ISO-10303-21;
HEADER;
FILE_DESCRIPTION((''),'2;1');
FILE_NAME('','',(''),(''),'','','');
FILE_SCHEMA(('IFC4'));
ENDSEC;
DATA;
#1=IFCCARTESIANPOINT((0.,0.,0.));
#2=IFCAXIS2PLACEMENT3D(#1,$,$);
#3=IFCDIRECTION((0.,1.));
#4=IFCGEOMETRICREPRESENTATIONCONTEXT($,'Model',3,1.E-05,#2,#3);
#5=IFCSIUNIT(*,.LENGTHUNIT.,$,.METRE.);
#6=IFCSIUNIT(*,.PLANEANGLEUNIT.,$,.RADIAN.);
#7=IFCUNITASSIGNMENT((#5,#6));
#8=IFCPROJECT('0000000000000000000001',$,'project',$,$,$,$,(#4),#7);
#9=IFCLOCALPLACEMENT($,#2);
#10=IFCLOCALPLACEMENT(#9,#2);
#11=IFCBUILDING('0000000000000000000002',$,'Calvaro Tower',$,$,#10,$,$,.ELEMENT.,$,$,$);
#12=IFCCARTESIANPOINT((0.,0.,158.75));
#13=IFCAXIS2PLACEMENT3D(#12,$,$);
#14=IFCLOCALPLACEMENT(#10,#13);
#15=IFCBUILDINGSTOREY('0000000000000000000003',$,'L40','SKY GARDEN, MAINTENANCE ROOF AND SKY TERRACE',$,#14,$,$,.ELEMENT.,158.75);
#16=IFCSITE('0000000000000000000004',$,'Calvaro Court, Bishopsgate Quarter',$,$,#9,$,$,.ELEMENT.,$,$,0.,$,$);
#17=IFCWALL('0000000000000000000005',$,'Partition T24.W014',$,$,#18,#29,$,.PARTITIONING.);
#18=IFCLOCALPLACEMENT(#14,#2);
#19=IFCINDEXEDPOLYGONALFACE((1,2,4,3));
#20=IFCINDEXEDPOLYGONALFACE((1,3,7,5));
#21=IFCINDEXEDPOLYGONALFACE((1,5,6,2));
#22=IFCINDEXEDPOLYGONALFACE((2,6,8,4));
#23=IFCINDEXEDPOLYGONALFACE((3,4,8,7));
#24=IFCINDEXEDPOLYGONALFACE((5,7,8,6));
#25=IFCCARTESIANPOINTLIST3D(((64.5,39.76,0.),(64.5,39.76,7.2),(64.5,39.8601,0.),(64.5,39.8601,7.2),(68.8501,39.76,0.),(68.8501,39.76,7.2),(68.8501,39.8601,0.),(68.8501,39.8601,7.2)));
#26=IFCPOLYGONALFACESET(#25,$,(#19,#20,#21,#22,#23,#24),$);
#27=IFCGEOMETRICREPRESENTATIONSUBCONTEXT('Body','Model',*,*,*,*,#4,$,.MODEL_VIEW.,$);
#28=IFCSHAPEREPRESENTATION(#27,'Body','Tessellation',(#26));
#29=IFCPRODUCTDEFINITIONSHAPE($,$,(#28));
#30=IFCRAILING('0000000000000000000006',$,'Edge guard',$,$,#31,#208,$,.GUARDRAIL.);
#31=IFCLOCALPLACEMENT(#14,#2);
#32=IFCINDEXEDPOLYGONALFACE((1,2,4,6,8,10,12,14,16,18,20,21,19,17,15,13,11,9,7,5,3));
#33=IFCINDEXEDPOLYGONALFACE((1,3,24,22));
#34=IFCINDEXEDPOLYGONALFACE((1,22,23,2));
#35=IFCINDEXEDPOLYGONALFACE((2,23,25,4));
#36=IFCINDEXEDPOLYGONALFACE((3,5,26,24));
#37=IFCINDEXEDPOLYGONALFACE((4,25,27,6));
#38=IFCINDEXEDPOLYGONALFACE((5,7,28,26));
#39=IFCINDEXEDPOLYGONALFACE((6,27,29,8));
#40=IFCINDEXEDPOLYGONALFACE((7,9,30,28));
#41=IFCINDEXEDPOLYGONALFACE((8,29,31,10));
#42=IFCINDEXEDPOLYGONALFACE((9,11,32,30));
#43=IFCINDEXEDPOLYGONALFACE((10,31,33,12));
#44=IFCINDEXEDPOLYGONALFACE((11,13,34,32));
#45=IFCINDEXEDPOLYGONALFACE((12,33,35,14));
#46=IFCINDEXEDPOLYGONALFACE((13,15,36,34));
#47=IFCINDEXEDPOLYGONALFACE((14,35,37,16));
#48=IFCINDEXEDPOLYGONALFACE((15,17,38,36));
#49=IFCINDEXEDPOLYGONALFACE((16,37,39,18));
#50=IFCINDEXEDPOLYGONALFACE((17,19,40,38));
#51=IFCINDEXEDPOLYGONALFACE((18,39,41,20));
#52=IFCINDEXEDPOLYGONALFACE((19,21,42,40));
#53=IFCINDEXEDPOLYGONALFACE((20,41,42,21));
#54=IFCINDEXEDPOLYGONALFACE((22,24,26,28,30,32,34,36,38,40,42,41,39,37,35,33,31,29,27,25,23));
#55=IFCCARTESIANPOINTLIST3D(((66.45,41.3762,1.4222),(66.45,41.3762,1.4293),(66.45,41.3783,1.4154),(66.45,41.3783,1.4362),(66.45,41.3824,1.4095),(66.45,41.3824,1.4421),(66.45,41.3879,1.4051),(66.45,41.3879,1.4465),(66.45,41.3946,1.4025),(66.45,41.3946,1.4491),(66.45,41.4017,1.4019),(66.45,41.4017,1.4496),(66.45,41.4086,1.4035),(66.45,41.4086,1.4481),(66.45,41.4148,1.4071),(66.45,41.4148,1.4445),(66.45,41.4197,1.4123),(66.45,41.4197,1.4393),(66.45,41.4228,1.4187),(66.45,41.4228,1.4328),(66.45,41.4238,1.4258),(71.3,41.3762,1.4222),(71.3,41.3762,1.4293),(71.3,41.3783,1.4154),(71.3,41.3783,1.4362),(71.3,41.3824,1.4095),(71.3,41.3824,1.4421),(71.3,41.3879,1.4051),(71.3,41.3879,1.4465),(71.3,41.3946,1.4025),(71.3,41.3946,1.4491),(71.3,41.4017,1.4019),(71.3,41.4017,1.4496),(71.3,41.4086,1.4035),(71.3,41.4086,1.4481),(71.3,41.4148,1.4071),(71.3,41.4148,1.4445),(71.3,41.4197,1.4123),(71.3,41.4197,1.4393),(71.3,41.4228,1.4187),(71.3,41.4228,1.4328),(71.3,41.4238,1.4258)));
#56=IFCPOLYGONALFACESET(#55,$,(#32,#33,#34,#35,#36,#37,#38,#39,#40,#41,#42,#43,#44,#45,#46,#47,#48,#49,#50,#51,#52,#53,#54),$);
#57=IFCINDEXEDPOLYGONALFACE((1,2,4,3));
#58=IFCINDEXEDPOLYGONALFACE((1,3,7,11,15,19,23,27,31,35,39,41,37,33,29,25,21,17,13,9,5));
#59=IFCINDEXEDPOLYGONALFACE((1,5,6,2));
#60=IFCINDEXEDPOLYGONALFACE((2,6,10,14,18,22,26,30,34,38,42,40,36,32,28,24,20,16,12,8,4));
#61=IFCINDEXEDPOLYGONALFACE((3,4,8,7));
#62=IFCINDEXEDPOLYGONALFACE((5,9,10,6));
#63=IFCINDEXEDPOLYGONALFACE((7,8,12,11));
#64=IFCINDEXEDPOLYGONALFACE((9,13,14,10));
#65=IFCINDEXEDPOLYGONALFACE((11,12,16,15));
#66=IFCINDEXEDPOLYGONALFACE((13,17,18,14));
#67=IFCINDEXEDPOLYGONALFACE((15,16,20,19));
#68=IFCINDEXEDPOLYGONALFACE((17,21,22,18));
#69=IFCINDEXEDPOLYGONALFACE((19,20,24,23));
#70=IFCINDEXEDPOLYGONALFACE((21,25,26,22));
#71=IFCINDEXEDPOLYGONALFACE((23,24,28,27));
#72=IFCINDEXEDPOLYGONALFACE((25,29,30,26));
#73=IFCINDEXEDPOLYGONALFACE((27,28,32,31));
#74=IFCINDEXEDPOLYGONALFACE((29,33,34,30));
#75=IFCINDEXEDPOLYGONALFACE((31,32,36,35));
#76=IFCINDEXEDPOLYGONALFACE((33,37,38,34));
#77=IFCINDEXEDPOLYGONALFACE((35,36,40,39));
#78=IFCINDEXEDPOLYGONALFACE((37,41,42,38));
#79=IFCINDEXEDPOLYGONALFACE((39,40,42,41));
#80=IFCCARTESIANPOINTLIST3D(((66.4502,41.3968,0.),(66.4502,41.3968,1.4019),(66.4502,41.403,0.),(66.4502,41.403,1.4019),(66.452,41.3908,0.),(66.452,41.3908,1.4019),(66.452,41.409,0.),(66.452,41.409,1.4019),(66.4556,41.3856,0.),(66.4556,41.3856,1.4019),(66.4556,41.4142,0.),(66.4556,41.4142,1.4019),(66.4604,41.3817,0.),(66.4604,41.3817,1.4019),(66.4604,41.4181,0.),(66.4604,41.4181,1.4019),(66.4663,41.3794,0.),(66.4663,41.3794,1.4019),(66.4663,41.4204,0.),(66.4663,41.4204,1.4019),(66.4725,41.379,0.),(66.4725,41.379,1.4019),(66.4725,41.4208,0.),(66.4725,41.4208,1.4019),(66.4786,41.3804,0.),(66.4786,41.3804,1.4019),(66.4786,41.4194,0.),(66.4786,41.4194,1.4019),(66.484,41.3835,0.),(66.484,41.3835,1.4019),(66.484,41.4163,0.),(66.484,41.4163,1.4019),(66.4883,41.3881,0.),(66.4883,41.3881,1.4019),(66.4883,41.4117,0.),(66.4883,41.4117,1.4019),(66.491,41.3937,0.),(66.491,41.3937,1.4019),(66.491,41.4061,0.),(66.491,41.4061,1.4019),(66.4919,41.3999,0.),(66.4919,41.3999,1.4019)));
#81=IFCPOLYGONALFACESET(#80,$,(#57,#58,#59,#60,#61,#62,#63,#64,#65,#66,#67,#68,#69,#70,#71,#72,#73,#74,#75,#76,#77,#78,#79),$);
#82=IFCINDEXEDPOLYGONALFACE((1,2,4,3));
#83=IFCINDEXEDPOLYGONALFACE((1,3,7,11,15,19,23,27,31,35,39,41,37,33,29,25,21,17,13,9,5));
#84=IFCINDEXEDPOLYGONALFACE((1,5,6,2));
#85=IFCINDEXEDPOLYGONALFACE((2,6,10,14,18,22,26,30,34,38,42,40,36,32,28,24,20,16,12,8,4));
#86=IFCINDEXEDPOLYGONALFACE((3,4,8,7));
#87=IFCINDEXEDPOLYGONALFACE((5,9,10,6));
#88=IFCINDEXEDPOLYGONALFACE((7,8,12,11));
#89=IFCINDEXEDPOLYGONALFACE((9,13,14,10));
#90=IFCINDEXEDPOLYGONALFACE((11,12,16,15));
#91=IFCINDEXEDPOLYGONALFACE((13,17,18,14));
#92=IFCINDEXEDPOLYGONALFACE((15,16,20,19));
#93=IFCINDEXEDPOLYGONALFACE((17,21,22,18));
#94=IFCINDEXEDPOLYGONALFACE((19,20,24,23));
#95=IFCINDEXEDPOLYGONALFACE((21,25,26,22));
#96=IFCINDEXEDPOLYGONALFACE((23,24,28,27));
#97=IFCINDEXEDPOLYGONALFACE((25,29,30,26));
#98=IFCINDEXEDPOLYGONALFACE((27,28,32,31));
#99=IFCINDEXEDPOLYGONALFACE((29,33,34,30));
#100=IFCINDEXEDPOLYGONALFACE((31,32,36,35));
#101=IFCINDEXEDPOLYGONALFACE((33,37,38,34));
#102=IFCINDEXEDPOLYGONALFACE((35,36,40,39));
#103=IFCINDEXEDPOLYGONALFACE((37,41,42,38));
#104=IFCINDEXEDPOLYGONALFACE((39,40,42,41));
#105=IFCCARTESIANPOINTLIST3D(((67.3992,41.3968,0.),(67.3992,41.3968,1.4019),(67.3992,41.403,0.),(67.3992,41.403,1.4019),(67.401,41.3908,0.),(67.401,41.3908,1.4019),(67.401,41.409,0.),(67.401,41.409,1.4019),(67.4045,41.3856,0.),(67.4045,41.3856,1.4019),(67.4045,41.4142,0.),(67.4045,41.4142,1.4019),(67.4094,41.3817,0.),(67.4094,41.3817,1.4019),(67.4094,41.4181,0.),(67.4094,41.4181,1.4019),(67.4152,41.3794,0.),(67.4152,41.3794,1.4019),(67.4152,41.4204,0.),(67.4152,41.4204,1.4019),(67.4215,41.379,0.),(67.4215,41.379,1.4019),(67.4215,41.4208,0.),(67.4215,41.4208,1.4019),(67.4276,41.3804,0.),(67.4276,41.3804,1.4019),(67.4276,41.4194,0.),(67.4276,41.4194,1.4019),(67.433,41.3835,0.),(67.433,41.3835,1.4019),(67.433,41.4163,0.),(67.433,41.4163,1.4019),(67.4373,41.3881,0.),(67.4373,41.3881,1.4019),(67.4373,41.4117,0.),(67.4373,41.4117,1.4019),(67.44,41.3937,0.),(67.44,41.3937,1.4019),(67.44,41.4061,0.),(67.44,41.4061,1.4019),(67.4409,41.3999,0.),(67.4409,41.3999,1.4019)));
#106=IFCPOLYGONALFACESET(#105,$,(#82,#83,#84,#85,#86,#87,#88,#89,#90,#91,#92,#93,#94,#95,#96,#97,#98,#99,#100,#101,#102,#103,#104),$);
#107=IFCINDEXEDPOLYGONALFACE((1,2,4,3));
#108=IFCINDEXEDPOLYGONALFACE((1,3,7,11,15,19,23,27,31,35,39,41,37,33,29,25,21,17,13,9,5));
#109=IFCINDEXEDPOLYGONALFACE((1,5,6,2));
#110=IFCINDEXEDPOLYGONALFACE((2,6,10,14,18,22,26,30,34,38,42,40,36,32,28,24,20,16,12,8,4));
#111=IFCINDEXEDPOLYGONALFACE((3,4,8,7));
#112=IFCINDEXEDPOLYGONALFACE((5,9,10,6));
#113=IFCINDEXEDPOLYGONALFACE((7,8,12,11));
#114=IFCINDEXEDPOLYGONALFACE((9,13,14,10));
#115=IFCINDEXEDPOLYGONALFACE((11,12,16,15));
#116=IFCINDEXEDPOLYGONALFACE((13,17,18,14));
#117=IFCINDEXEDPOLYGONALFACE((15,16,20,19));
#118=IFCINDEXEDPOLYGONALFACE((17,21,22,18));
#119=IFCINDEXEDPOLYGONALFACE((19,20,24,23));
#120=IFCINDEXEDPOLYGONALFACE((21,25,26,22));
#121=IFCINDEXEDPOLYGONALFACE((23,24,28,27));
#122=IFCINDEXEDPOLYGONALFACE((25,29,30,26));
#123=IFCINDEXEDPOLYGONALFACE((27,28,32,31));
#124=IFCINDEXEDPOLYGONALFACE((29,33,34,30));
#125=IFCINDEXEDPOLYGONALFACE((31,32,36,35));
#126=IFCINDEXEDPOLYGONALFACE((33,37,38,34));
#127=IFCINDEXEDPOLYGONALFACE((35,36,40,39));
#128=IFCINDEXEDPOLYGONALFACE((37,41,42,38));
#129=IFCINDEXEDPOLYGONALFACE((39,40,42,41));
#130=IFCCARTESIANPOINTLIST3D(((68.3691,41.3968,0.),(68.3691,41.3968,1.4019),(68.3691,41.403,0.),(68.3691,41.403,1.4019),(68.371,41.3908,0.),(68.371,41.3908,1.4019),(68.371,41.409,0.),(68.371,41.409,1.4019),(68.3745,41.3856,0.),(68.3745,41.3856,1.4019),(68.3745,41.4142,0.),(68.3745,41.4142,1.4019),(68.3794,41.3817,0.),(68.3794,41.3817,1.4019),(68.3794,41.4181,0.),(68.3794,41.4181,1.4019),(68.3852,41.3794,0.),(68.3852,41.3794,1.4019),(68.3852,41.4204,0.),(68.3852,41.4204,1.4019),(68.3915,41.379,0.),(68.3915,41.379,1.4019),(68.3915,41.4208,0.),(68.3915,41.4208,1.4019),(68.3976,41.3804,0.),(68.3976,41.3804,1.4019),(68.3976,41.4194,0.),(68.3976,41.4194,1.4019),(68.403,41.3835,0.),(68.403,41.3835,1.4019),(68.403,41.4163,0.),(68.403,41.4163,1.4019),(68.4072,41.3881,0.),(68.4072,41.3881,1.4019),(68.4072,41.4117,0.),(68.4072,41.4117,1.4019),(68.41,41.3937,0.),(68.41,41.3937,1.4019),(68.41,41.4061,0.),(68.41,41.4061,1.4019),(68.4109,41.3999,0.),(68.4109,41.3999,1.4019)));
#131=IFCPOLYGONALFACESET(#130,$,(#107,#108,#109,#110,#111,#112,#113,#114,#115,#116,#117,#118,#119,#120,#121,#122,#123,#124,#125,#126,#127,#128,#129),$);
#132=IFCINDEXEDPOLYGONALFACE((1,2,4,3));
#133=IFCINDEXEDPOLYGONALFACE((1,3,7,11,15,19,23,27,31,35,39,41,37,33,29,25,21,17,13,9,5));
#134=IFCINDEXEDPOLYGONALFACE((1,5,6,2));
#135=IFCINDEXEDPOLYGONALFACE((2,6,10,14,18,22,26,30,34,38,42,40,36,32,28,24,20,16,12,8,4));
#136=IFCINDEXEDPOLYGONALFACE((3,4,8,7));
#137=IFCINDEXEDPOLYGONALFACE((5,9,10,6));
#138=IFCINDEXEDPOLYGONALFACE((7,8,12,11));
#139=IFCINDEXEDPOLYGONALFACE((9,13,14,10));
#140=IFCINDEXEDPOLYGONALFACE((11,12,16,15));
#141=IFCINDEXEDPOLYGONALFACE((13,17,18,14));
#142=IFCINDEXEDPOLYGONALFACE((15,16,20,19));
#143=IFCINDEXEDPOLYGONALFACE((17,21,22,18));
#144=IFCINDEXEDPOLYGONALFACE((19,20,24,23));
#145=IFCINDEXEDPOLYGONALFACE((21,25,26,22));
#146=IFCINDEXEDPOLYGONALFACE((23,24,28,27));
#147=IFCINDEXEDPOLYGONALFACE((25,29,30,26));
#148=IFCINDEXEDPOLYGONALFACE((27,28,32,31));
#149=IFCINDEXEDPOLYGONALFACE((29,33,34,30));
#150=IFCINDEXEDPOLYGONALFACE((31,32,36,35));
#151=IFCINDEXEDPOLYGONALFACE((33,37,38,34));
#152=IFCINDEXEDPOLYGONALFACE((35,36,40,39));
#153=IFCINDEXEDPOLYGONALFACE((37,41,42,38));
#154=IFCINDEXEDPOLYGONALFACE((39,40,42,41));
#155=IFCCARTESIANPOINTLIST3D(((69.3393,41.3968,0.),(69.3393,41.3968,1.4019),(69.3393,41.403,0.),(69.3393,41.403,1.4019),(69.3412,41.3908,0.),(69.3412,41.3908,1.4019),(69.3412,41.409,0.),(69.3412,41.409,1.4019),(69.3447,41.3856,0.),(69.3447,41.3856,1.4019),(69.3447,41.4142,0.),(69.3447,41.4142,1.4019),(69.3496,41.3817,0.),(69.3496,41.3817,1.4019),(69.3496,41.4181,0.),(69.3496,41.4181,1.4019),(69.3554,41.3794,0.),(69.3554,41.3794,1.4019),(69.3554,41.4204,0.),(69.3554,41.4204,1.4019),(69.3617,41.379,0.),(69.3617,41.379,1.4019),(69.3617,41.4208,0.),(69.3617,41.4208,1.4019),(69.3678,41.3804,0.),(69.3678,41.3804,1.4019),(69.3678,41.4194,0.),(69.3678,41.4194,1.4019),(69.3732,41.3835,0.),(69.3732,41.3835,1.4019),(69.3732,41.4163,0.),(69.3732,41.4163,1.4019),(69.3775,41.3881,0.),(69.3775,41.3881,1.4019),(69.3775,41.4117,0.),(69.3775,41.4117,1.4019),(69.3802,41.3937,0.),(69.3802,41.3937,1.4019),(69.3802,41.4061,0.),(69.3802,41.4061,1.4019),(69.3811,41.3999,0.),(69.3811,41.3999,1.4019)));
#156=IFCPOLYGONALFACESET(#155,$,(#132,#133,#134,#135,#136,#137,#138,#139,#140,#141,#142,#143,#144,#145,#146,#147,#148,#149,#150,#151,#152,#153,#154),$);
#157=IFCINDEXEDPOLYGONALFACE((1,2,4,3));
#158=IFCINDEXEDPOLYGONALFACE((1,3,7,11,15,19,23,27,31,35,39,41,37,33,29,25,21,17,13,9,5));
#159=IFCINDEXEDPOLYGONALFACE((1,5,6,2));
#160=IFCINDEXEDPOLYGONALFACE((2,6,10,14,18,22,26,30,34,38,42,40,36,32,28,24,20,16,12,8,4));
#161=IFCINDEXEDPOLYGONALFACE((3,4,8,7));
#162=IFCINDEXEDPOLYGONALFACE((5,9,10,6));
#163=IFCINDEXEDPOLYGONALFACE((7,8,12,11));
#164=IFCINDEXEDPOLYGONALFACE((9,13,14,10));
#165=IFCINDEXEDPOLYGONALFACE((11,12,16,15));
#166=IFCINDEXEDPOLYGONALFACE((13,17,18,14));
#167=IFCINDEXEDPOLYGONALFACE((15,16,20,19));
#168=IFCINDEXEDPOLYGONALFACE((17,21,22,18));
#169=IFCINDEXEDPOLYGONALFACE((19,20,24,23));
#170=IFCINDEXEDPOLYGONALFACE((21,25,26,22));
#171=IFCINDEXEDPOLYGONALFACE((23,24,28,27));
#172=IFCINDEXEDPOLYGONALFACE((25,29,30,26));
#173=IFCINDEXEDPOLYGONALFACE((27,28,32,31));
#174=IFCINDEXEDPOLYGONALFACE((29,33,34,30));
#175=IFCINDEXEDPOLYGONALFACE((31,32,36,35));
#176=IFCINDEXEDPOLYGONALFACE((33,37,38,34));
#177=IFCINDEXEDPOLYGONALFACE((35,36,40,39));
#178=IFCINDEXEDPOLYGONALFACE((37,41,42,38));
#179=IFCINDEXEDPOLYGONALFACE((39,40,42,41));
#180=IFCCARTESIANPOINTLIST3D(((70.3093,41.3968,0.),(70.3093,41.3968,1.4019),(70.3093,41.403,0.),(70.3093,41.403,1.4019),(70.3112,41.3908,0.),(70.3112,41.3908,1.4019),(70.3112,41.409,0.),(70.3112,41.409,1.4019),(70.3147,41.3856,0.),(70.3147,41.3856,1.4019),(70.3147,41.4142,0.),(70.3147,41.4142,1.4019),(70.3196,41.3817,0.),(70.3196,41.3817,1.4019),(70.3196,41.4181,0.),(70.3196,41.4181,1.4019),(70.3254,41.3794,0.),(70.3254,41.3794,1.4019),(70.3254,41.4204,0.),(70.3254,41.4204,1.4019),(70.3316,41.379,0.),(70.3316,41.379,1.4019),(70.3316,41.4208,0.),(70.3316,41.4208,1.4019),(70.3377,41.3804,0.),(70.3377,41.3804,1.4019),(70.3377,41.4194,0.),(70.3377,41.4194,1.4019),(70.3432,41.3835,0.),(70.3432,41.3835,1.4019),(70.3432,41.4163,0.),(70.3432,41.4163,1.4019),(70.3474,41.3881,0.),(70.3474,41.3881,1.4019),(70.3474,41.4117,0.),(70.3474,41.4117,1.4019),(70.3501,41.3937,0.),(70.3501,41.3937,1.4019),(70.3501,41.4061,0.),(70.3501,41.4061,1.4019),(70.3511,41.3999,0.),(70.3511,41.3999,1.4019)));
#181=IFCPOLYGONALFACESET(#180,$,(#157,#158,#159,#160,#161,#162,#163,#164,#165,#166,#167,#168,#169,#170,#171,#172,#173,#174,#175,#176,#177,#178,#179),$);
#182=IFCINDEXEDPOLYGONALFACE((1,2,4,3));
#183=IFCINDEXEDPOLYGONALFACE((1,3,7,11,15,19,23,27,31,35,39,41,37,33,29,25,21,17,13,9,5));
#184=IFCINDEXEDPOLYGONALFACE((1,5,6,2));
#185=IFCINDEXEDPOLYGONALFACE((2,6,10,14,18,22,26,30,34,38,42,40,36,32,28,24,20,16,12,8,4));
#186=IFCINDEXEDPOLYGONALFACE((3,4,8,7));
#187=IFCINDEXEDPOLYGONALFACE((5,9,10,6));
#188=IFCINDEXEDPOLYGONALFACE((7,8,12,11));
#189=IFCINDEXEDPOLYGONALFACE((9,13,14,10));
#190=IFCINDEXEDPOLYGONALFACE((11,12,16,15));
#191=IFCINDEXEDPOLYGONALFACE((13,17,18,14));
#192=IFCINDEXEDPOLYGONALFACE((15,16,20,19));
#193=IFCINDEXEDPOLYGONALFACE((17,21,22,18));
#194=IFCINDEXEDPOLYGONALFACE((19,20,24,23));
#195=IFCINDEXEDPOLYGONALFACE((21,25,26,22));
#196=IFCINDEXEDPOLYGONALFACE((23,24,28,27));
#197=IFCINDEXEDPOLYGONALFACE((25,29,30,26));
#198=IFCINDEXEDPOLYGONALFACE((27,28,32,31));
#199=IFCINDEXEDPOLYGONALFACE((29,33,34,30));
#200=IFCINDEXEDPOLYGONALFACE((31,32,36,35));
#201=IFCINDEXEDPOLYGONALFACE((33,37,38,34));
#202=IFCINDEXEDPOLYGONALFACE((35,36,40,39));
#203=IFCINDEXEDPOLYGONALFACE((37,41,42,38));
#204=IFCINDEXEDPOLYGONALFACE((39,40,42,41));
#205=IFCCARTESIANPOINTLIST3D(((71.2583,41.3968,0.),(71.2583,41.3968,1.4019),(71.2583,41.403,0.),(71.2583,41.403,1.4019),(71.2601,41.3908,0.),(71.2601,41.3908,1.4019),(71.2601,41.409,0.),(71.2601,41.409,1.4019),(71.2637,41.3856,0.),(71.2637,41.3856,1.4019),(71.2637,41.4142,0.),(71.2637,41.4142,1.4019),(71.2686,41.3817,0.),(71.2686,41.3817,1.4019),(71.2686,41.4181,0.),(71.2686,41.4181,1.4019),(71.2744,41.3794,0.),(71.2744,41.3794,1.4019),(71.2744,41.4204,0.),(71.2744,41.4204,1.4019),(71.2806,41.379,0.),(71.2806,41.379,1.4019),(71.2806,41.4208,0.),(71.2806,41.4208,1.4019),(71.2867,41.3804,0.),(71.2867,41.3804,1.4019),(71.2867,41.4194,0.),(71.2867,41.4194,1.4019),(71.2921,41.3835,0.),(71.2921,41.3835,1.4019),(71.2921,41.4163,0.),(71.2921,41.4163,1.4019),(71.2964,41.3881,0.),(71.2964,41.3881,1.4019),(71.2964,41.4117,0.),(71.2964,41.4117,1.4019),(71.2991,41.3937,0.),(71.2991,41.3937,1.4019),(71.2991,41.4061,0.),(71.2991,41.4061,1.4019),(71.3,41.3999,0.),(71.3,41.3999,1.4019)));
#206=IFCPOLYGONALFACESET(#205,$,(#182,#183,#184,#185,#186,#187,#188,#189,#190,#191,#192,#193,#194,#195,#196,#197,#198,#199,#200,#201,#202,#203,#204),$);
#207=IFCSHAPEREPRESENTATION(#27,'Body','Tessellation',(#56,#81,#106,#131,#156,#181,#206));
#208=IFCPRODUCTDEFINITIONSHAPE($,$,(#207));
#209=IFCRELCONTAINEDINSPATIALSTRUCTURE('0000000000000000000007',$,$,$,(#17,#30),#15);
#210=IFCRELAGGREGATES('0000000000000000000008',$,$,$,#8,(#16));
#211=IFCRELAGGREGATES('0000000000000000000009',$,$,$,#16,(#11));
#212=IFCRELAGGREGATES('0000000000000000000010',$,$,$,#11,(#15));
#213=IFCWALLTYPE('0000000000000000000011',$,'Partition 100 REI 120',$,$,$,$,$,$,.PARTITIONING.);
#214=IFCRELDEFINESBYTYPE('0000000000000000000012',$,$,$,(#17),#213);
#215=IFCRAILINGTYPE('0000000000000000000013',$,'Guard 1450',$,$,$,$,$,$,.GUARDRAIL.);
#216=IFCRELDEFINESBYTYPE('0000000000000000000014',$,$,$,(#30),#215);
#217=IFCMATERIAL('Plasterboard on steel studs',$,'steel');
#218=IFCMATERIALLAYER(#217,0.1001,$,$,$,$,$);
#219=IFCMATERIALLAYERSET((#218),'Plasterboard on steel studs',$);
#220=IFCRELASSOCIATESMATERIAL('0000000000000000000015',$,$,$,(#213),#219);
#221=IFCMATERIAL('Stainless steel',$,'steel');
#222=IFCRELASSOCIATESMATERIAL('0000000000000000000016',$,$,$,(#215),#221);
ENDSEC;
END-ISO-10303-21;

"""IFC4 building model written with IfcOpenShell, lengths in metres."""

from ifc_helpers import new_model, si_unit, direction, frame, frame_2d, origin, origin_2d, place, context, subcontext, project, spatial, rectangle, circle, extrude, material, layer, layer_set, type_object, element, save


model = new_model("IFC4")

# Units and contexts
model_context = context("Model", 3, precision=1e-05, world=origin(), true_north=direction((0.0, 1.0)))
body_context = subcontext(model_context, "Body", "Model", "MODEL_VIEW")
ifc_project = project(units=[si_unit("LENGTHUNIT", "METRE"), si_unit("PLANEANGLEUNIT", "RADIAN")], contexts=[model_context])

# Site, building, storey
site_placement = place(None, origin())
site = spatial("IfcSite", under=ifc_project, at=site_placement, Name="Calvaro Court, Bishopsgate Quarter", CompositionType="ELEMENT", RefElevation=0.0)
building_placement = place(site_placement, origin())
building = spatial("IfcBuilding", under=site, at=building_placement, Name="Calvaro Tower", CompositionType="ELEMENT")
storey_placement = place(building_placement, frame((0.0, 0.0, 158.75)))
storey = spatial("IfcBuildingStorey", under=building, at=storey_placement, Name="L40", Description="SKY GARDEN, MAINTENANCE ROOF AND SKY TERRACE", CompositionType="ELEMENT", Elevation=158.75)

# Wall
ifc_material_1 = material(Name="Plasterboard on steel studs", Category="steel")
ifc_layer_1 = layer(ifc_material_1, 0.1001)
ifc_layer_set_1 = layer_set([ifc_layer_1], Name="Plasterboard on steel studs")
wall_type_1 = type_object("IfcWallType", Name="Partition 100 REI 120", PredefinedType="PARTITIONING", material=ifc_layer_set_1)
for number, where, z_axis, x_axis, name in (
    (1, (64.5, 39.8101, 0.0), (0.0, 0.0, 1.0), (1.0, 0.0, 0.0), "Partition T24.W014"),
):
    element("IfcWall", number, at=place(storey_placement, frame(where, z_axis=z_axis, x_axis=x_axis)), inside=storey, type_object=wall_type_1, Name=name, PredefinedType="PARTITIONING", context=body_context, shape_type="SweptSolid", body=[
        extrude(rectangle(XDim=4.3501, YDim=0.1001, at=frame_2d((2.175, 0.0))), origin(), (0.0, 0.0, 1.0), 7.2),
    ])

# Railing
ifc_material_2 = material(Name="Stainless steel", Category="steel")
railing_type_1 = type_object("IfcRailingType", Name="Guard 1450", PredefinedType="GUARDRAIL", material=ifc_material_2)
railing_1_placement = place(storey_placement, frame((66.45, 41.3999, 0.0)))
element("IfcRailing", 2, at=railing_1_placement, inside=storey, type_object=railing_type_1, Name="Edge guard", PredefinedType="GUARDRAIL", context=body_context, shape_type="SweptSolid", body=[
    extrude(circle(Radius=0.0239, at=origin_2d()), frame((0.0, 0.0, 1.4258), z_axis=(1.0, 0.0, 0.0), x_axis=(0.0, 1.0, 0.0)), (0.0, 0.0, 1.0), 4.8501),
    extrude(circle(Radius=0.021, at=origin_2d()), frame((0.021, 0.0, 0.0)), (0.0, 0.0, 1.0), 1.4019),
    extrude(circle(Radius=0.021, at=origin_2d()), frame((0.97, 0.0, 0.0)), (0.0, 0.0, 1.0), 1.4019),
    extrude(circle(Radius=0.021, at=origin_2d()), frame((1.9399, 0.0, 0.0)), (0.0, 0.0, 1.0), 1.4019),
    extrude(circle(Radius=0.021, at=origin_2d()), frame((2.9102, 0.0, 0.0)), (0.0, 0.0, 1.0), 1.4019),
    extrude(circle(Radius=0.021, at=origin_2d()), frame((3.8801, 0.0, 0.0)), (0.0, 0.0, 1.0), 1.4019),
    extrude(circle(Radius=0.021, at=origin_2d()), frame((4.8291, 0.0, 0.0)), (0.0, 0.0, 1.0), 1.4019),
])

save(model, "model.ifc")
